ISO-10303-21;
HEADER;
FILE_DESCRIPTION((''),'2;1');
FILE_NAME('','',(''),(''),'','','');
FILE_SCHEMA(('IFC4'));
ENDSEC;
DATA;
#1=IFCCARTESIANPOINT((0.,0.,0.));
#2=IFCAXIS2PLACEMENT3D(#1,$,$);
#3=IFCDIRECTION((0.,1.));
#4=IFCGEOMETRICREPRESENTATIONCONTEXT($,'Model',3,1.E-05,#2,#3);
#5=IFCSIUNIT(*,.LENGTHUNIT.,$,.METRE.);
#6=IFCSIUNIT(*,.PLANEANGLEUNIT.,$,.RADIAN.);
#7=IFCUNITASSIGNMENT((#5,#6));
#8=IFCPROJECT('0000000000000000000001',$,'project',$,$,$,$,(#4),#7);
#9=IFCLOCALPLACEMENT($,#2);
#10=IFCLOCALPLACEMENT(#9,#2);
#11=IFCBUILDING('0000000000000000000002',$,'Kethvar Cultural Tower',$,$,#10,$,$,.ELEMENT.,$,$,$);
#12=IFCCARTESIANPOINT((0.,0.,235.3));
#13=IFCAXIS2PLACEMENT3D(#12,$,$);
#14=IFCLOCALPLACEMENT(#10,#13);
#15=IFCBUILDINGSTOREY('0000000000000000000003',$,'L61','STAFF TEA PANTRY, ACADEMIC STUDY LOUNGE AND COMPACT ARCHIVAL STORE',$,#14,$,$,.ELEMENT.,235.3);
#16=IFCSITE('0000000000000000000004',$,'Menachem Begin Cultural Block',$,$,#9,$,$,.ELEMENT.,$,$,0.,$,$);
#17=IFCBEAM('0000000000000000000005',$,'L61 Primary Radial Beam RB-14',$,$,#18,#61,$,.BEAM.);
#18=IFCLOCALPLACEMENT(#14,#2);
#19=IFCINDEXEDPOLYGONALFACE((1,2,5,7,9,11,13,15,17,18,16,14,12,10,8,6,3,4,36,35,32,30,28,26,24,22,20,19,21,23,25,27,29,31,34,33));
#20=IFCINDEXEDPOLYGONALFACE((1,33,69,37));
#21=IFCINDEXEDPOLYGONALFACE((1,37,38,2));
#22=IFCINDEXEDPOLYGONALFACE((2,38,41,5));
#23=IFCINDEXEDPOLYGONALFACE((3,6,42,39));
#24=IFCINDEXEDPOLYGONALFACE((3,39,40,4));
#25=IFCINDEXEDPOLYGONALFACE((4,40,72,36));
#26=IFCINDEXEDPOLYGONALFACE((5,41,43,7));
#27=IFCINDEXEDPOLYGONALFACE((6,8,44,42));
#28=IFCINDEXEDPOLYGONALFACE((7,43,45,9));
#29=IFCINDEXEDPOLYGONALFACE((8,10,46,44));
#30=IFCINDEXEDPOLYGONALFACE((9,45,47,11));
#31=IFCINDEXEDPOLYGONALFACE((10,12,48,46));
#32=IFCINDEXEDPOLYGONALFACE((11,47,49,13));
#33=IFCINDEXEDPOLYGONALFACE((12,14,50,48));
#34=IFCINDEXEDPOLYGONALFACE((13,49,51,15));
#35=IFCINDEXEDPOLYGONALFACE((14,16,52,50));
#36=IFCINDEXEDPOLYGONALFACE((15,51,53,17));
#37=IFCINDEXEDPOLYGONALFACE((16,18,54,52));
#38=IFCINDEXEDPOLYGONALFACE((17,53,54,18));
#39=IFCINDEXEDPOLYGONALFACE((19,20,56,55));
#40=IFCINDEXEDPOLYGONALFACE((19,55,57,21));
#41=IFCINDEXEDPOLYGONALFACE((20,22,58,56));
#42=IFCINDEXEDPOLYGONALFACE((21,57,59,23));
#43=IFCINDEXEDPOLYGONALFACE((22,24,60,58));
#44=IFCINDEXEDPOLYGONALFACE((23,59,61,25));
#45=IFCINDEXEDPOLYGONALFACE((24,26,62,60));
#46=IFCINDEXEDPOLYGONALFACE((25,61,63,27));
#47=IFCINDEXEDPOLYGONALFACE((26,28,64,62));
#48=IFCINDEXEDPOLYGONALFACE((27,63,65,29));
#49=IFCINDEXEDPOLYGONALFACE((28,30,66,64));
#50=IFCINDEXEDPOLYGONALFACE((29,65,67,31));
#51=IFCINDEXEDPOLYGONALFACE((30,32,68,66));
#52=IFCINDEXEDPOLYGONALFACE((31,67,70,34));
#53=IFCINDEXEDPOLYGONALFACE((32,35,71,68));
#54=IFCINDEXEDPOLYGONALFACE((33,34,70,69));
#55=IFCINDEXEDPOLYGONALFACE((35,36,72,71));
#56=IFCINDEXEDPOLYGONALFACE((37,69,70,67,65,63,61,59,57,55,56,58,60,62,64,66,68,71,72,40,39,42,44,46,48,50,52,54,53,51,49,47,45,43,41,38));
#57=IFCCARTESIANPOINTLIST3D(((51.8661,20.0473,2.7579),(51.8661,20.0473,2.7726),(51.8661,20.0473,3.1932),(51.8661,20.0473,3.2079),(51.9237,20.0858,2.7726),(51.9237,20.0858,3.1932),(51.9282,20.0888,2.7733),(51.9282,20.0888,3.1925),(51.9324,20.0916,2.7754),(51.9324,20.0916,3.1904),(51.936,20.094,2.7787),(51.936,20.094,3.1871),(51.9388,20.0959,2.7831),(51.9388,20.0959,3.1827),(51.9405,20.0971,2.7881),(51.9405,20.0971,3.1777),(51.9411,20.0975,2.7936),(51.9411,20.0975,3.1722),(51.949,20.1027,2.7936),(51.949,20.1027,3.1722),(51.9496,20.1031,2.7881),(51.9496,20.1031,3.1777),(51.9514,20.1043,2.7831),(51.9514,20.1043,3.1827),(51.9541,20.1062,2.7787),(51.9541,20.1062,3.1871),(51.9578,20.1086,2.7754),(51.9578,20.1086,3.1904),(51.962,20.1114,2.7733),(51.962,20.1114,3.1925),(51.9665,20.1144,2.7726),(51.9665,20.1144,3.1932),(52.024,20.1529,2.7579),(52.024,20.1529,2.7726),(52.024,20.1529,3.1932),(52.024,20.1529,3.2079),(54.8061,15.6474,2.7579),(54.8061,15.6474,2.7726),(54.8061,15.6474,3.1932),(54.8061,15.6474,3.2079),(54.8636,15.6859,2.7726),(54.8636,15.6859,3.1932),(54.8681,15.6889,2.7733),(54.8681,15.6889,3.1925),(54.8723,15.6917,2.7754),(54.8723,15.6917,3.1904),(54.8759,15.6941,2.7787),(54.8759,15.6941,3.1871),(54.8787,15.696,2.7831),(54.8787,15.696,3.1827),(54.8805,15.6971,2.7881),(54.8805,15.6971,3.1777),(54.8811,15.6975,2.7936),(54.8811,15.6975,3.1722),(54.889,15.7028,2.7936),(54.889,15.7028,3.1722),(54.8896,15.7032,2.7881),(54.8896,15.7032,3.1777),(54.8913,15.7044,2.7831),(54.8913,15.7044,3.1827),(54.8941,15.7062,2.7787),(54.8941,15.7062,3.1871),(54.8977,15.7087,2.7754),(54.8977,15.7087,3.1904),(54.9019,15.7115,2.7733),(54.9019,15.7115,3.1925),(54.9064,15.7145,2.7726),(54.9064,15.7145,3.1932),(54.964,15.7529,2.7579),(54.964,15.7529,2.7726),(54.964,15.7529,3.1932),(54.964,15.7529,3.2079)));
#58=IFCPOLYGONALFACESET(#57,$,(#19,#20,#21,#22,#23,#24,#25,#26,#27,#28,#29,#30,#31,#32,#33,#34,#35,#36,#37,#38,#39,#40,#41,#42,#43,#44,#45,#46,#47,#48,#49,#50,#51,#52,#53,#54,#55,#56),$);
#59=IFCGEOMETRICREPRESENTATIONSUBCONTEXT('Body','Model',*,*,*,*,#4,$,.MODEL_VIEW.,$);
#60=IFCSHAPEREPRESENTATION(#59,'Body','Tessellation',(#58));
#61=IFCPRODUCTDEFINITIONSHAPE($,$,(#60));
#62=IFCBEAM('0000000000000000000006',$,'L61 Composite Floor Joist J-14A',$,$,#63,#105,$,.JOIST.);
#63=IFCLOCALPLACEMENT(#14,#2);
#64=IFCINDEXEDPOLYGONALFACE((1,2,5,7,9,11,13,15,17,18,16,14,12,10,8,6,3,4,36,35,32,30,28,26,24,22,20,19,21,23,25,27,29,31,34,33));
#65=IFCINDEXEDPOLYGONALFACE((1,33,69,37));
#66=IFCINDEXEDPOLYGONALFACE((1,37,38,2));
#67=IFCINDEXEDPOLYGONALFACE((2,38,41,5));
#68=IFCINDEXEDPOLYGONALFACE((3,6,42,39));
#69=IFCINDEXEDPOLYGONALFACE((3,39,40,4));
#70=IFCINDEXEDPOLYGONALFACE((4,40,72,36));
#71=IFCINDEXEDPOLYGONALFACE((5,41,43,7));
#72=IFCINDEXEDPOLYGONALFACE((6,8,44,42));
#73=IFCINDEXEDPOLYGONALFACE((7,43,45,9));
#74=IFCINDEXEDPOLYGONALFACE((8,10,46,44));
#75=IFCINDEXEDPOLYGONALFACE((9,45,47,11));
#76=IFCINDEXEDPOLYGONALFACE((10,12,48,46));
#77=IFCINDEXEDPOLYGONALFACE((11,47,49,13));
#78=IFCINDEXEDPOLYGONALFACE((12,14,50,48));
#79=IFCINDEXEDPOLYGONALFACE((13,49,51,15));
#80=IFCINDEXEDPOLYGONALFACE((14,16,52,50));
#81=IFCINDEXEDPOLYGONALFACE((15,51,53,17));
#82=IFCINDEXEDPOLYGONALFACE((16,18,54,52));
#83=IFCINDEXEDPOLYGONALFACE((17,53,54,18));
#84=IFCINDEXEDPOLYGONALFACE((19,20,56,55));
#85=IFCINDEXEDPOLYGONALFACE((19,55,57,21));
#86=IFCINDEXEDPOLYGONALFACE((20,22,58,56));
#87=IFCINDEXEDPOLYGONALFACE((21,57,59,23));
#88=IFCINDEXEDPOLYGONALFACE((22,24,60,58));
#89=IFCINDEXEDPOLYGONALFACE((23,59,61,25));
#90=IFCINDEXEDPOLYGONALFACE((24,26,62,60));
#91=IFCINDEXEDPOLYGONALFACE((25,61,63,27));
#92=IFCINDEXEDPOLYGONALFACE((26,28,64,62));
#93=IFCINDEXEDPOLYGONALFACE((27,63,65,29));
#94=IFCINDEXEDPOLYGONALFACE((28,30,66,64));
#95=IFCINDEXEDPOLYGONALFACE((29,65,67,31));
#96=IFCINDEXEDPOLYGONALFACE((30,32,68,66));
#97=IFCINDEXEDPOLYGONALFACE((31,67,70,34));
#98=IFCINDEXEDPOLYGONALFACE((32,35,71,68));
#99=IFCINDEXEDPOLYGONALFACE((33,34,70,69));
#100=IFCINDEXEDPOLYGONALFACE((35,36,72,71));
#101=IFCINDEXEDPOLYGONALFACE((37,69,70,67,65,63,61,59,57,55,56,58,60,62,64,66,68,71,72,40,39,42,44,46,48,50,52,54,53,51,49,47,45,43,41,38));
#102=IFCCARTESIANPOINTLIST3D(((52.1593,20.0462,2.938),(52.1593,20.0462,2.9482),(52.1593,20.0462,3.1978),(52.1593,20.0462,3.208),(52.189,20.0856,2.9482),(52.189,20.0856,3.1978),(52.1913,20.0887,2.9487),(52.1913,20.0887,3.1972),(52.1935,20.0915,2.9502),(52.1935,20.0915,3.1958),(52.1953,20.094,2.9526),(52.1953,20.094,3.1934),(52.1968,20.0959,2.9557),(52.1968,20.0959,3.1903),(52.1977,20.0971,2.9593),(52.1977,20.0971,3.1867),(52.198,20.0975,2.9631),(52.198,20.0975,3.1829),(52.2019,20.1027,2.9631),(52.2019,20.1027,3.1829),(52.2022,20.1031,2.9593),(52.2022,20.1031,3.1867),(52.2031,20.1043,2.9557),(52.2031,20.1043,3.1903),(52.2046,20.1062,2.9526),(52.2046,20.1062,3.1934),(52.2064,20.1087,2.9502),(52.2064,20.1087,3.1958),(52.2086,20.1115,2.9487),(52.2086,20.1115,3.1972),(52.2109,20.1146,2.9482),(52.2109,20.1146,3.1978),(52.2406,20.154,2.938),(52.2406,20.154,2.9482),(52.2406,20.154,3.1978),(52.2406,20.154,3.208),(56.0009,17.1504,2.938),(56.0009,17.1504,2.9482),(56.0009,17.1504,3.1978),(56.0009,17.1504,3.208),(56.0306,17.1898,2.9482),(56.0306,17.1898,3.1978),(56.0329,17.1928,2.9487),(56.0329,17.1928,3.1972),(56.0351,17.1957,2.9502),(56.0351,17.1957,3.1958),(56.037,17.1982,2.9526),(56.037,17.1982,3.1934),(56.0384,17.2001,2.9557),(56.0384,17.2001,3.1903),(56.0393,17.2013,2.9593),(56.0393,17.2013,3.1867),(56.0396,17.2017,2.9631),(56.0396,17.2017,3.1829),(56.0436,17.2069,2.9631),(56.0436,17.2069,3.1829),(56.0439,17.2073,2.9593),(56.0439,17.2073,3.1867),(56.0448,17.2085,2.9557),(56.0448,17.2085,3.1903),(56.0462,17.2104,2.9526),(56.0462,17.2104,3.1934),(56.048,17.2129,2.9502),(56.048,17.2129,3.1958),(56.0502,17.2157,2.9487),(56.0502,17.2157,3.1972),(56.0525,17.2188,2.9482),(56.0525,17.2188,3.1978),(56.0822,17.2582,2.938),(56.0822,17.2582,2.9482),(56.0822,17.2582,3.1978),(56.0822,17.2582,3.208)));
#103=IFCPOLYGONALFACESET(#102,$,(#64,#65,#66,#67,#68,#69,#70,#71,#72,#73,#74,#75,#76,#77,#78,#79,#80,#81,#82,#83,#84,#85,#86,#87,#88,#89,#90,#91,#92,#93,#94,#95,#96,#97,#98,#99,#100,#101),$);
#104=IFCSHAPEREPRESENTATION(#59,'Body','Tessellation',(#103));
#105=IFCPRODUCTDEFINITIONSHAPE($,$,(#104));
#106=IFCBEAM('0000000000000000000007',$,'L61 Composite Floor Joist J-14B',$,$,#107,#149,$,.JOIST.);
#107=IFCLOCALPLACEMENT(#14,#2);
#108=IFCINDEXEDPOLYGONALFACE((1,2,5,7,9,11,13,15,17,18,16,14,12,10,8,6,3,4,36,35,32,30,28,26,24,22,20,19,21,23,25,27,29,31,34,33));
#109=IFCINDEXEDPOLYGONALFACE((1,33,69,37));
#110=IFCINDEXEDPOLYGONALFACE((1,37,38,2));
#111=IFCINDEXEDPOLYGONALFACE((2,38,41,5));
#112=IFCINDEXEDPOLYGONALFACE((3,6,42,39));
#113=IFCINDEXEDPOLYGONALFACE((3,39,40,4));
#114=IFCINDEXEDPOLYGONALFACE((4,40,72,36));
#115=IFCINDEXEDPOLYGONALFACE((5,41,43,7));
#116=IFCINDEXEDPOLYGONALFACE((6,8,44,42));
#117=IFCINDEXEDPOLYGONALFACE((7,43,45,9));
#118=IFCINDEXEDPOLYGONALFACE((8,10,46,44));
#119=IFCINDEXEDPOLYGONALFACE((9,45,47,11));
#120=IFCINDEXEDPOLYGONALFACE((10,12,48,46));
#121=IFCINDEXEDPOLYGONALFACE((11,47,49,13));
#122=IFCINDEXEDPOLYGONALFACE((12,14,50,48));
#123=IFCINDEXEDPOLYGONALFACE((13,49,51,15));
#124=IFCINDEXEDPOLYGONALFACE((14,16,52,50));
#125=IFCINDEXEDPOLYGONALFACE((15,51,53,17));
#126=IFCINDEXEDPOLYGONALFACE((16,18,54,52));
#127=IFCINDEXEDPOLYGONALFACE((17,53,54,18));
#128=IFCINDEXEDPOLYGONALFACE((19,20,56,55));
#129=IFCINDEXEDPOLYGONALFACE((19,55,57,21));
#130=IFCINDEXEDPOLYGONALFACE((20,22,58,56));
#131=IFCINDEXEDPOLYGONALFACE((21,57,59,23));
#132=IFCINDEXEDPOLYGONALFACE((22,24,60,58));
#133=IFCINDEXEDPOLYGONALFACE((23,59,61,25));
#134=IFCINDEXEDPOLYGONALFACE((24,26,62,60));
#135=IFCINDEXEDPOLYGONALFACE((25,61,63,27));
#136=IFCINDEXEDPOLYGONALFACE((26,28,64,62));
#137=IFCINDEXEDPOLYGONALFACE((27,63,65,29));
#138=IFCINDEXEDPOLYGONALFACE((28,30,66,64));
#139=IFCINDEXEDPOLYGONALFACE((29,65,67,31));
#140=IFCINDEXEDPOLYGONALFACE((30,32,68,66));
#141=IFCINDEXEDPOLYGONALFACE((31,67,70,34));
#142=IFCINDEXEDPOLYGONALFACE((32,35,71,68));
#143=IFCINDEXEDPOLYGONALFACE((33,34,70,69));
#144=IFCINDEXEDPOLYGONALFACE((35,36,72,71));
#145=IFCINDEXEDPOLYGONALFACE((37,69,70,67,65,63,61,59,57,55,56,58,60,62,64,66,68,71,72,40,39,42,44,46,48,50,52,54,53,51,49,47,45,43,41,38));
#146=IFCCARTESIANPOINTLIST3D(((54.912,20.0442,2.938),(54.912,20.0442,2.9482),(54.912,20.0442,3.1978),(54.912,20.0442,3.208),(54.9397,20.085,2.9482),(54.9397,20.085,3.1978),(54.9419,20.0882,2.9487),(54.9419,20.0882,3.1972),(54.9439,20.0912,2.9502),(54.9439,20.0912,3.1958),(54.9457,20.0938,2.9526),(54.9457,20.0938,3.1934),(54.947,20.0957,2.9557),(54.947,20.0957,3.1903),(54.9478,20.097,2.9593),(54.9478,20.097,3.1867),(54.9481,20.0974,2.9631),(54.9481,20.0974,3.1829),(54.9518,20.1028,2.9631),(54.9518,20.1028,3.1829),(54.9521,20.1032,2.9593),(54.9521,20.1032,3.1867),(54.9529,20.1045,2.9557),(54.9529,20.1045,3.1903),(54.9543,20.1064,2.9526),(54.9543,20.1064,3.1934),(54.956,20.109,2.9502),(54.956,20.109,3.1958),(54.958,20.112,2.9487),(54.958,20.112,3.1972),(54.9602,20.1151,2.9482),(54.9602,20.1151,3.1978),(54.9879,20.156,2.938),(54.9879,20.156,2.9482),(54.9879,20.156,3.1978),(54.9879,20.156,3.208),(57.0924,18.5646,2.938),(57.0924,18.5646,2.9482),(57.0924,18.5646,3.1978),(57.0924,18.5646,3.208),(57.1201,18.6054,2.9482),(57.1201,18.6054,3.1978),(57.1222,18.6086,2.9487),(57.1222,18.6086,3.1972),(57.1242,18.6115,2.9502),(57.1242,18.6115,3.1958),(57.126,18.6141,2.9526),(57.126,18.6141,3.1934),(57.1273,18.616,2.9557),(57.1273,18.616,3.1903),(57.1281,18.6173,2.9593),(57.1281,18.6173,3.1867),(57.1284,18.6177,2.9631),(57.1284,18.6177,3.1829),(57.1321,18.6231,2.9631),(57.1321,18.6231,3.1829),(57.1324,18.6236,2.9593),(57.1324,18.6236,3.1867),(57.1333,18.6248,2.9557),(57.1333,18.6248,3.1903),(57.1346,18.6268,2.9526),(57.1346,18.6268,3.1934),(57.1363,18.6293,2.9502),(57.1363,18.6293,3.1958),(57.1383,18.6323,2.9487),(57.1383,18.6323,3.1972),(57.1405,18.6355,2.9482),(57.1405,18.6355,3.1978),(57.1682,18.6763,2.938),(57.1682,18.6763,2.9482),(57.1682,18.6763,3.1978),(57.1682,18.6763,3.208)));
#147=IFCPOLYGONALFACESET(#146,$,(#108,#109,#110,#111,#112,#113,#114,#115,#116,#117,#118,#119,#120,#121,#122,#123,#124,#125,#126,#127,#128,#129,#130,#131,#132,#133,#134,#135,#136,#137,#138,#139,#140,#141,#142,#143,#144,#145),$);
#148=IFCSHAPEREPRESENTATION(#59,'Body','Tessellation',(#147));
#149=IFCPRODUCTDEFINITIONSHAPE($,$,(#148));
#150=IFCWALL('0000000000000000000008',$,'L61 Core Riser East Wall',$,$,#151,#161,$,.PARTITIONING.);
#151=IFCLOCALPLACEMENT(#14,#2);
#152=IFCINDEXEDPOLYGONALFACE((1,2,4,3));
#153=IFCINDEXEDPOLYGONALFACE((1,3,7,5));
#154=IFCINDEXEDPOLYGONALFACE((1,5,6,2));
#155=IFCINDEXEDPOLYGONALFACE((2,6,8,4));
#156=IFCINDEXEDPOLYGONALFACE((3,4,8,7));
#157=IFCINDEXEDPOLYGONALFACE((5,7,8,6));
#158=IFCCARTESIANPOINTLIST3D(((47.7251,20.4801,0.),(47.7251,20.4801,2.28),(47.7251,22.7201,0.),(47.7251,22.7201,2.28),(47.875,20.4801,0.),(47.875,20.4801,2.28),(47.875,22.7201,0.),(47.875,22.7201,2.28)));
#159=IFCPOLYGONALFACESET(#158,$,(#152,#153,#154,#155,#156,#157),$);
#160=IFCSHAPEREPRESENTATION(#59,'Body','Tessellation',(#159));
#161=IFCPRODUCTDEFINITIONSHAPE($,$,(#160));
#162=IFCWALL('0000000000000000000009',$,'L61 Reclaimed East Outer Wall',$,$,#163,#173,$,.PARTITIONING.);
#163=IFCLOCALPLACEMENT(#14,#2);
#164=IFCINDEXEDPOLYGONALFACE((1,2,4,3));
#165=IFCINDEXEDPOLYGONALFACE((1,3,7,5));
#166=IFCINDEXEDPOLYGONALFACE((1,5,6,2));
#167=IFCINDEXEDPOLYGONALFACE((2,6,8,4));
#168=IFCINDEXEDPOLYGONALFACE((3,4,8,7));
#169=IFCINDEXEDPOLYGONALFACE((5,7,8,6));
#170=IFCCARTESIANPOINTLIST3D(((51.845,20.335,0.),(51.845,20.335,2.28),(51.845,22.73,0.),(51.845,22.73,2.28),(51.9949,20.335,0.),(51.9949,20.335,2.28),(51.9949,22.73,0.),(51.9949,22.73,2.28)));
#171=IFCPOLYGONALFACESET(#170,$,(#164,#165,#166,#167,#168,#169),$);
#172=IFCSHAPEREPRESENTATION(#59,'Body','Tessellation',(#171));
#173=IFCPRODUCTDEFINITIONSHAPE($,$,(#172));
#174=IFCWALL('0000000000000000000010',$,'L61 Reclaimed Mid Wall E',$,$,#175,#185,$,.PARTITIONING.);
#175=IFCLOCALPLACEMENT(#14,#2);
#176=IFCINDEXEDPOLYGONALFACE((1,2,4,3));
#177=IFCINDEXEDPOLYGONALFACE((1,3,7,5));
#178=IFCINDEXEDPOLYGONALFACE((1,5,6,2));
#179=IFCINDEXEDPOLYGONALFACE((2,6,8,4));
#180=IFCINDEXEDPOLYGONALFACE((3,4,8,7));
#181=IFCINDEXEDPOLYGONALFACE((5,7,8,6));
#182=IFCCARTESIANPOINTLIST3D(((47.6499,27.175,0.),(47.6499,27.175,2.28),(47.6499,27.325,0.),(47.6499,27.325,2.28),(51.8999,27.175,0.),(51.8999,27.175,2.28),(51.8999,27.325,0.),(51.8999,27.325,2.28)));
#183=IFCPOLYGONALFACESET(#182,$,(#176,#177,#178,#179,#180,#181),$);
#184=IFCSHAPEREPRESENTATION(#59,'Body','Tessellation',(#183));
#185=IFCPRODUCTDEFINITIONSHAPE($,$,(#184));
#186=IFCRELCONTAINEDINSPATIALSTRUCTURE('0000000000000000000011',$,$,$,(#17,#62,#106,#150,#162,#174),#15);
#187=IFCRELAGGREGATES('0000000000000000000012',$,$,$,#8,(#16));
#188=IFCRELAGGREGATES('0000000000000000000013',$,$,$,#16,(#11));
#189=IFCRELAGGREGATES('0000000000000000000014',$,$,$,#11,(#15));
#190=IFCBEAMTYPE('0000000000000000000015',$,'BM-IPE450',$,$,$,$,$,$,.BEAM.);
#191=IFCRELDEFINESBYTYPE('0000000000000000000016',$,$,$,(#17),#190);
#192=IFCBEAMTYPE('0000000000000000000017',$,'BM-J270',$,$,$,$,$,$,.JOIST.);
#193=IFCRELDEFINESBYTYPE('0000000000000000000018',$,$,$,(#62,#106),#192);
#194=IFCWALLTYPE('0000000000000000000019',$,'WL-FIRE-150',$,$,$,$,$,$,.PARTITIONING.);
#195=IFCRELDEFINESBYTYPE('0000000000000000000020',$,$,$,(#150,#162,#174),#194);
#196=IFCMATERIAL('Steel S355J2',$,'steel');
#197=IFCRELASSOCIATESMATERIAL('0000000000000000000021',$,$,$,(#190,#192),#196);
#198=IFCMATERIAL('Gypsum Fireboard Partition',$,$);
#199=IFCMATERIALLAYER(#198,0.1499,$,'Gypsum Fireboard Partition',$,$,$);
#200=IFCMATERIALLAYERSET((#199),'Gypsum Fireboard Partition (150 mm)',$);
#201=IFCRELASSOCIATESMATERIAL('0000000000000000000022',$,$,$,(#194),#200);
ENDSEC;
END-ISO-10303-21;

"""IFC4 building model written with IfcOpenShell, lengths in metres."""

from ifc_helpers import new_model, si_unit, direction, frame, frame_2d, origin, origin_2d, place, context, subcontext, project, spatial, rectangle, i_section, extrude, source, transform, mapped, material, layer, layer_set, material_profile, profile_set, type_object, element, save


model = new_model("IFC4")

# Units and contexts
model_context = context("Model", 3, precision=1e-05, world=origin(), true_north=direction((0.0, 1.0)))
body_context = subcontext(model_context, "Body", "Model", "MODEL_VIEW")
ifc_project = project(units=[si_unit("LENGTHUNIT", "METRE"), si_unit("PLANEANGLEUNIT", "RADIAN")], contexts=[model_context])

# Site, building, storey
site_placement = place(None, origin())
site = spatial("IfcSite", under=ifc_project, at=site_placement, Name="Menachem Begin Cultural Block", CompositionType="ELEMENT", RefElevation=0.0)
building_placement = place(site_placement, origin())
building = spatial("IfcBuilding", under=site, at=building_placement, Name="Kethvar Cultural Tower", CompositionType="ELEMENT")
storey_placement = place(building_placement, frame((0.0, 0.0, 235.3)))
storey = spatial("IfcBuildingStorey", under=building, at=storey_placement, Name="L61", Description="STAFF TEA PANTRY, ACADEMIC STUDY LOUNGE AND COMPACT ARCHIVAL STORE", CompositionType="ELEMENT", Elevation=235.3)

# Beams
ifc_material_1 = material(Name="Steel S355J2", Category="steel")
ifc_material_profile_1 = material_profile(ifc_material_1, i_section(OverallWidth=0.1899, OverallDepth=0.45, WebThickness=0.0095, FlangeThickness=0.0146, FilletRadius=0.021, at=origin_2d()), Name="Steel S355J2 — IPE450")
ifc_profile_set_1 = profile_set([ifc_material_profile_1], Name="Steel S355J2 — IPE450")
beam_type_1 = type_object("IfcBeamType", Name="BM-IPE450", PredefinedType="BEAM", material=ifc_profile_set_1)
shared_shape_1 = source(origin(), body_context, "Body", "SweptSolid", [
    extrude(i_section(OverallWidth=0.1899, OverallDepth=0.45, WebThickness=0.0095, FlangeThickness=0.0146, FilletRadius=0.021, at=origin_2d()), origin(), (0.0, 0.0, 1.0), 5.2917),
])
beam_1_placement = place(storey_placement, frame((51.9451, 20.1001, 2.9829), z_axis=(0.555573, -0.831468, 0.0), x_axis=(0.831468, 0.555573, 0.0)))
element("IfcBeam", 1, at=beam_1_placement, inside=storey, type_object=beam_type_1, Name="L61 Primary Radial Beam RB-14", PredefinedType="BEAM", context=body_context, shape_type="MappedRepresentation", body=[
    mapped(shared_shape_1, transform((0.0, 0.0, 0.0), scale=1.0)),
])
ifc_material_profile_2 = material_profile(ifc_material_1, i_section(OverallWidth=0.135, OverallDepth=0.27, WebThickness=0.0066, FlangeThickness=0.0103, FilletRadius=0.0149, at=origin_2d()), Name="Steel S355J2 — IPE270")
ifc_profile_set_2 = profile_set([ifc_material_profile_2], Name="Steel S355J2 — IPE270")
beam_type_2 = type_object("IfcBeamType", Name="BM-J270", PredefinedType="JOIST", material=ifc_profile_set_2)
shared_shape_2 = source(origin(), body_context, "Body", "SweptSolid", [
    extrude(i_section(OverallWidth=0.135, OverallDepth=0.27, WebThickness=0.0066, FlangeThickness=0.0103, FilletRadius=0.0149, at=origin_2d()), origin(), (0.0, 0.0, 1.0), 4.8108),
])
beam_2_placement = place(storey_placement, frame((52.2, 20.1001, 3.073), z_axis=(0.798542, -0.601939, 0.0), x_axis=(0.601939, 0.798542, 0.0)))
element("IfcBeam", 2, at=beam_2_placement, inside=storey, type_object=beam_type_2, Name="L61 Composite Floor Joist J-14A", PredefinedType="JOIST", context=body_context, shape_type="MappedRepresentation", body=[
    mapped(shared_shape_2, transform((0.0, 0.0, 0.0), scale=1.0)),
])
shared_shape_3 = source(origin(), body_context, "Body", "SweptSolid", [
    extrude(i_section(OverallWidth=0.135, OverallDepth=0.27, WebThickness=0.0066, FlangeThickness=0.0103, FilletRadius=0.0149, at=origin_2d()), origin(), (0.0, 0.0, 1.0), 2.635),
])
beam_3_placement = place(storey_placement, frame((54.95, 20.1001, 3.073), z_axis=(0.827447, -0.561544, 0.0), x_axis=(0.561544, 0.827447, 0.0)))
element("IfcBeam", 3, at=beam_3_placement, inside=storey, type_object=beam_type_2, Name="L61 Composite Floor Joist J-14B", PredefinedType="JOIST", context=body_context, shape_type="MappedRepresentation", body=[
    mapped(shared_shape_3, transform((0.0, 0.0, 0.0), scale=1.0)),
])

# Walls
ifc_material_2 = material(Name="Gypsum Fireboard Partition")
ifc_layer_1 = layer(ifc_material_2, 0.1499, Name="Gypsum Fireboard Partition")
ifc_layer_set_1 = layer_set([ifc_layer_1], Name="Gypsum Fireboard Partition (150 mm)")
wall_type_1 = type_object("IfcWallType", Name="WL-FIRE-150", PredefinedType="PARTITIONING", material=ifc_layer_set_1)
wall_1_placement = place(storey_placement, frame((47.8, 20.48, 0.0), z_axis=(0.0, 0.0, 1.0), x_axis=(0.0, 1.0, 0.0)))
element("IfcWall", 4, at=wall_1_placement, inside=storey, type_object=wall_type_1, Name="L61 Core Riser East Wall", PredefinedType="PARTITIONING", context=body_context, shape_type="SweptSolid", body=[
    extrude(rectangle(XDim=2.24, YDim=0.1499, at=frame_2d((1.1201, 0.0))), origin(), (0.0, 0.0, 1.0), 2.28),
])
wall_2_placement = place(storey_placement, frame((51.9199, 20.335, 0.0), z_axis=(0.0, 0.0, 1.0), x_axis=(0.0, 1.0, 0.0)))
element("IfcWall", 5, at=wall_2_placement, inside=storey, type_object=wall_type_1, Name="L61 Reclaimed East Outer Wall", PredefinedType="PARTITIONING", context=body_context, shape_type="SweptSolid", body=[
    extrude(rectangle(XDim=2.395, YDim=0.1499, at=frame_2d((1.1975, 0.0))), origin(), (0.0, 0.0, 1.0), 2.28),
])
wall_3_placement = place(storey_placement, frame((47.6499, 27.25, 0.0), z_axis=(0.0, 0.0, 1.0), x_axis=(1.0, 0.0, 0.0)))
element("IfcWall", 6, at=wall_3_placement, inside=storey, type_object=wall_type_1, Name="L61 Reclaimed Mid Wall E", PredefinedType="PARTITIONING", context=body_context, shape_type="SweptSolid", body=[
    extrude(rectangle(XDim=4.25, YDim=0.1499, at=frame_2d((2.125, 0.0))), origin(), (0.0, 0.0, 1.0), 2.28),
])

save(model, "model.ifc")
